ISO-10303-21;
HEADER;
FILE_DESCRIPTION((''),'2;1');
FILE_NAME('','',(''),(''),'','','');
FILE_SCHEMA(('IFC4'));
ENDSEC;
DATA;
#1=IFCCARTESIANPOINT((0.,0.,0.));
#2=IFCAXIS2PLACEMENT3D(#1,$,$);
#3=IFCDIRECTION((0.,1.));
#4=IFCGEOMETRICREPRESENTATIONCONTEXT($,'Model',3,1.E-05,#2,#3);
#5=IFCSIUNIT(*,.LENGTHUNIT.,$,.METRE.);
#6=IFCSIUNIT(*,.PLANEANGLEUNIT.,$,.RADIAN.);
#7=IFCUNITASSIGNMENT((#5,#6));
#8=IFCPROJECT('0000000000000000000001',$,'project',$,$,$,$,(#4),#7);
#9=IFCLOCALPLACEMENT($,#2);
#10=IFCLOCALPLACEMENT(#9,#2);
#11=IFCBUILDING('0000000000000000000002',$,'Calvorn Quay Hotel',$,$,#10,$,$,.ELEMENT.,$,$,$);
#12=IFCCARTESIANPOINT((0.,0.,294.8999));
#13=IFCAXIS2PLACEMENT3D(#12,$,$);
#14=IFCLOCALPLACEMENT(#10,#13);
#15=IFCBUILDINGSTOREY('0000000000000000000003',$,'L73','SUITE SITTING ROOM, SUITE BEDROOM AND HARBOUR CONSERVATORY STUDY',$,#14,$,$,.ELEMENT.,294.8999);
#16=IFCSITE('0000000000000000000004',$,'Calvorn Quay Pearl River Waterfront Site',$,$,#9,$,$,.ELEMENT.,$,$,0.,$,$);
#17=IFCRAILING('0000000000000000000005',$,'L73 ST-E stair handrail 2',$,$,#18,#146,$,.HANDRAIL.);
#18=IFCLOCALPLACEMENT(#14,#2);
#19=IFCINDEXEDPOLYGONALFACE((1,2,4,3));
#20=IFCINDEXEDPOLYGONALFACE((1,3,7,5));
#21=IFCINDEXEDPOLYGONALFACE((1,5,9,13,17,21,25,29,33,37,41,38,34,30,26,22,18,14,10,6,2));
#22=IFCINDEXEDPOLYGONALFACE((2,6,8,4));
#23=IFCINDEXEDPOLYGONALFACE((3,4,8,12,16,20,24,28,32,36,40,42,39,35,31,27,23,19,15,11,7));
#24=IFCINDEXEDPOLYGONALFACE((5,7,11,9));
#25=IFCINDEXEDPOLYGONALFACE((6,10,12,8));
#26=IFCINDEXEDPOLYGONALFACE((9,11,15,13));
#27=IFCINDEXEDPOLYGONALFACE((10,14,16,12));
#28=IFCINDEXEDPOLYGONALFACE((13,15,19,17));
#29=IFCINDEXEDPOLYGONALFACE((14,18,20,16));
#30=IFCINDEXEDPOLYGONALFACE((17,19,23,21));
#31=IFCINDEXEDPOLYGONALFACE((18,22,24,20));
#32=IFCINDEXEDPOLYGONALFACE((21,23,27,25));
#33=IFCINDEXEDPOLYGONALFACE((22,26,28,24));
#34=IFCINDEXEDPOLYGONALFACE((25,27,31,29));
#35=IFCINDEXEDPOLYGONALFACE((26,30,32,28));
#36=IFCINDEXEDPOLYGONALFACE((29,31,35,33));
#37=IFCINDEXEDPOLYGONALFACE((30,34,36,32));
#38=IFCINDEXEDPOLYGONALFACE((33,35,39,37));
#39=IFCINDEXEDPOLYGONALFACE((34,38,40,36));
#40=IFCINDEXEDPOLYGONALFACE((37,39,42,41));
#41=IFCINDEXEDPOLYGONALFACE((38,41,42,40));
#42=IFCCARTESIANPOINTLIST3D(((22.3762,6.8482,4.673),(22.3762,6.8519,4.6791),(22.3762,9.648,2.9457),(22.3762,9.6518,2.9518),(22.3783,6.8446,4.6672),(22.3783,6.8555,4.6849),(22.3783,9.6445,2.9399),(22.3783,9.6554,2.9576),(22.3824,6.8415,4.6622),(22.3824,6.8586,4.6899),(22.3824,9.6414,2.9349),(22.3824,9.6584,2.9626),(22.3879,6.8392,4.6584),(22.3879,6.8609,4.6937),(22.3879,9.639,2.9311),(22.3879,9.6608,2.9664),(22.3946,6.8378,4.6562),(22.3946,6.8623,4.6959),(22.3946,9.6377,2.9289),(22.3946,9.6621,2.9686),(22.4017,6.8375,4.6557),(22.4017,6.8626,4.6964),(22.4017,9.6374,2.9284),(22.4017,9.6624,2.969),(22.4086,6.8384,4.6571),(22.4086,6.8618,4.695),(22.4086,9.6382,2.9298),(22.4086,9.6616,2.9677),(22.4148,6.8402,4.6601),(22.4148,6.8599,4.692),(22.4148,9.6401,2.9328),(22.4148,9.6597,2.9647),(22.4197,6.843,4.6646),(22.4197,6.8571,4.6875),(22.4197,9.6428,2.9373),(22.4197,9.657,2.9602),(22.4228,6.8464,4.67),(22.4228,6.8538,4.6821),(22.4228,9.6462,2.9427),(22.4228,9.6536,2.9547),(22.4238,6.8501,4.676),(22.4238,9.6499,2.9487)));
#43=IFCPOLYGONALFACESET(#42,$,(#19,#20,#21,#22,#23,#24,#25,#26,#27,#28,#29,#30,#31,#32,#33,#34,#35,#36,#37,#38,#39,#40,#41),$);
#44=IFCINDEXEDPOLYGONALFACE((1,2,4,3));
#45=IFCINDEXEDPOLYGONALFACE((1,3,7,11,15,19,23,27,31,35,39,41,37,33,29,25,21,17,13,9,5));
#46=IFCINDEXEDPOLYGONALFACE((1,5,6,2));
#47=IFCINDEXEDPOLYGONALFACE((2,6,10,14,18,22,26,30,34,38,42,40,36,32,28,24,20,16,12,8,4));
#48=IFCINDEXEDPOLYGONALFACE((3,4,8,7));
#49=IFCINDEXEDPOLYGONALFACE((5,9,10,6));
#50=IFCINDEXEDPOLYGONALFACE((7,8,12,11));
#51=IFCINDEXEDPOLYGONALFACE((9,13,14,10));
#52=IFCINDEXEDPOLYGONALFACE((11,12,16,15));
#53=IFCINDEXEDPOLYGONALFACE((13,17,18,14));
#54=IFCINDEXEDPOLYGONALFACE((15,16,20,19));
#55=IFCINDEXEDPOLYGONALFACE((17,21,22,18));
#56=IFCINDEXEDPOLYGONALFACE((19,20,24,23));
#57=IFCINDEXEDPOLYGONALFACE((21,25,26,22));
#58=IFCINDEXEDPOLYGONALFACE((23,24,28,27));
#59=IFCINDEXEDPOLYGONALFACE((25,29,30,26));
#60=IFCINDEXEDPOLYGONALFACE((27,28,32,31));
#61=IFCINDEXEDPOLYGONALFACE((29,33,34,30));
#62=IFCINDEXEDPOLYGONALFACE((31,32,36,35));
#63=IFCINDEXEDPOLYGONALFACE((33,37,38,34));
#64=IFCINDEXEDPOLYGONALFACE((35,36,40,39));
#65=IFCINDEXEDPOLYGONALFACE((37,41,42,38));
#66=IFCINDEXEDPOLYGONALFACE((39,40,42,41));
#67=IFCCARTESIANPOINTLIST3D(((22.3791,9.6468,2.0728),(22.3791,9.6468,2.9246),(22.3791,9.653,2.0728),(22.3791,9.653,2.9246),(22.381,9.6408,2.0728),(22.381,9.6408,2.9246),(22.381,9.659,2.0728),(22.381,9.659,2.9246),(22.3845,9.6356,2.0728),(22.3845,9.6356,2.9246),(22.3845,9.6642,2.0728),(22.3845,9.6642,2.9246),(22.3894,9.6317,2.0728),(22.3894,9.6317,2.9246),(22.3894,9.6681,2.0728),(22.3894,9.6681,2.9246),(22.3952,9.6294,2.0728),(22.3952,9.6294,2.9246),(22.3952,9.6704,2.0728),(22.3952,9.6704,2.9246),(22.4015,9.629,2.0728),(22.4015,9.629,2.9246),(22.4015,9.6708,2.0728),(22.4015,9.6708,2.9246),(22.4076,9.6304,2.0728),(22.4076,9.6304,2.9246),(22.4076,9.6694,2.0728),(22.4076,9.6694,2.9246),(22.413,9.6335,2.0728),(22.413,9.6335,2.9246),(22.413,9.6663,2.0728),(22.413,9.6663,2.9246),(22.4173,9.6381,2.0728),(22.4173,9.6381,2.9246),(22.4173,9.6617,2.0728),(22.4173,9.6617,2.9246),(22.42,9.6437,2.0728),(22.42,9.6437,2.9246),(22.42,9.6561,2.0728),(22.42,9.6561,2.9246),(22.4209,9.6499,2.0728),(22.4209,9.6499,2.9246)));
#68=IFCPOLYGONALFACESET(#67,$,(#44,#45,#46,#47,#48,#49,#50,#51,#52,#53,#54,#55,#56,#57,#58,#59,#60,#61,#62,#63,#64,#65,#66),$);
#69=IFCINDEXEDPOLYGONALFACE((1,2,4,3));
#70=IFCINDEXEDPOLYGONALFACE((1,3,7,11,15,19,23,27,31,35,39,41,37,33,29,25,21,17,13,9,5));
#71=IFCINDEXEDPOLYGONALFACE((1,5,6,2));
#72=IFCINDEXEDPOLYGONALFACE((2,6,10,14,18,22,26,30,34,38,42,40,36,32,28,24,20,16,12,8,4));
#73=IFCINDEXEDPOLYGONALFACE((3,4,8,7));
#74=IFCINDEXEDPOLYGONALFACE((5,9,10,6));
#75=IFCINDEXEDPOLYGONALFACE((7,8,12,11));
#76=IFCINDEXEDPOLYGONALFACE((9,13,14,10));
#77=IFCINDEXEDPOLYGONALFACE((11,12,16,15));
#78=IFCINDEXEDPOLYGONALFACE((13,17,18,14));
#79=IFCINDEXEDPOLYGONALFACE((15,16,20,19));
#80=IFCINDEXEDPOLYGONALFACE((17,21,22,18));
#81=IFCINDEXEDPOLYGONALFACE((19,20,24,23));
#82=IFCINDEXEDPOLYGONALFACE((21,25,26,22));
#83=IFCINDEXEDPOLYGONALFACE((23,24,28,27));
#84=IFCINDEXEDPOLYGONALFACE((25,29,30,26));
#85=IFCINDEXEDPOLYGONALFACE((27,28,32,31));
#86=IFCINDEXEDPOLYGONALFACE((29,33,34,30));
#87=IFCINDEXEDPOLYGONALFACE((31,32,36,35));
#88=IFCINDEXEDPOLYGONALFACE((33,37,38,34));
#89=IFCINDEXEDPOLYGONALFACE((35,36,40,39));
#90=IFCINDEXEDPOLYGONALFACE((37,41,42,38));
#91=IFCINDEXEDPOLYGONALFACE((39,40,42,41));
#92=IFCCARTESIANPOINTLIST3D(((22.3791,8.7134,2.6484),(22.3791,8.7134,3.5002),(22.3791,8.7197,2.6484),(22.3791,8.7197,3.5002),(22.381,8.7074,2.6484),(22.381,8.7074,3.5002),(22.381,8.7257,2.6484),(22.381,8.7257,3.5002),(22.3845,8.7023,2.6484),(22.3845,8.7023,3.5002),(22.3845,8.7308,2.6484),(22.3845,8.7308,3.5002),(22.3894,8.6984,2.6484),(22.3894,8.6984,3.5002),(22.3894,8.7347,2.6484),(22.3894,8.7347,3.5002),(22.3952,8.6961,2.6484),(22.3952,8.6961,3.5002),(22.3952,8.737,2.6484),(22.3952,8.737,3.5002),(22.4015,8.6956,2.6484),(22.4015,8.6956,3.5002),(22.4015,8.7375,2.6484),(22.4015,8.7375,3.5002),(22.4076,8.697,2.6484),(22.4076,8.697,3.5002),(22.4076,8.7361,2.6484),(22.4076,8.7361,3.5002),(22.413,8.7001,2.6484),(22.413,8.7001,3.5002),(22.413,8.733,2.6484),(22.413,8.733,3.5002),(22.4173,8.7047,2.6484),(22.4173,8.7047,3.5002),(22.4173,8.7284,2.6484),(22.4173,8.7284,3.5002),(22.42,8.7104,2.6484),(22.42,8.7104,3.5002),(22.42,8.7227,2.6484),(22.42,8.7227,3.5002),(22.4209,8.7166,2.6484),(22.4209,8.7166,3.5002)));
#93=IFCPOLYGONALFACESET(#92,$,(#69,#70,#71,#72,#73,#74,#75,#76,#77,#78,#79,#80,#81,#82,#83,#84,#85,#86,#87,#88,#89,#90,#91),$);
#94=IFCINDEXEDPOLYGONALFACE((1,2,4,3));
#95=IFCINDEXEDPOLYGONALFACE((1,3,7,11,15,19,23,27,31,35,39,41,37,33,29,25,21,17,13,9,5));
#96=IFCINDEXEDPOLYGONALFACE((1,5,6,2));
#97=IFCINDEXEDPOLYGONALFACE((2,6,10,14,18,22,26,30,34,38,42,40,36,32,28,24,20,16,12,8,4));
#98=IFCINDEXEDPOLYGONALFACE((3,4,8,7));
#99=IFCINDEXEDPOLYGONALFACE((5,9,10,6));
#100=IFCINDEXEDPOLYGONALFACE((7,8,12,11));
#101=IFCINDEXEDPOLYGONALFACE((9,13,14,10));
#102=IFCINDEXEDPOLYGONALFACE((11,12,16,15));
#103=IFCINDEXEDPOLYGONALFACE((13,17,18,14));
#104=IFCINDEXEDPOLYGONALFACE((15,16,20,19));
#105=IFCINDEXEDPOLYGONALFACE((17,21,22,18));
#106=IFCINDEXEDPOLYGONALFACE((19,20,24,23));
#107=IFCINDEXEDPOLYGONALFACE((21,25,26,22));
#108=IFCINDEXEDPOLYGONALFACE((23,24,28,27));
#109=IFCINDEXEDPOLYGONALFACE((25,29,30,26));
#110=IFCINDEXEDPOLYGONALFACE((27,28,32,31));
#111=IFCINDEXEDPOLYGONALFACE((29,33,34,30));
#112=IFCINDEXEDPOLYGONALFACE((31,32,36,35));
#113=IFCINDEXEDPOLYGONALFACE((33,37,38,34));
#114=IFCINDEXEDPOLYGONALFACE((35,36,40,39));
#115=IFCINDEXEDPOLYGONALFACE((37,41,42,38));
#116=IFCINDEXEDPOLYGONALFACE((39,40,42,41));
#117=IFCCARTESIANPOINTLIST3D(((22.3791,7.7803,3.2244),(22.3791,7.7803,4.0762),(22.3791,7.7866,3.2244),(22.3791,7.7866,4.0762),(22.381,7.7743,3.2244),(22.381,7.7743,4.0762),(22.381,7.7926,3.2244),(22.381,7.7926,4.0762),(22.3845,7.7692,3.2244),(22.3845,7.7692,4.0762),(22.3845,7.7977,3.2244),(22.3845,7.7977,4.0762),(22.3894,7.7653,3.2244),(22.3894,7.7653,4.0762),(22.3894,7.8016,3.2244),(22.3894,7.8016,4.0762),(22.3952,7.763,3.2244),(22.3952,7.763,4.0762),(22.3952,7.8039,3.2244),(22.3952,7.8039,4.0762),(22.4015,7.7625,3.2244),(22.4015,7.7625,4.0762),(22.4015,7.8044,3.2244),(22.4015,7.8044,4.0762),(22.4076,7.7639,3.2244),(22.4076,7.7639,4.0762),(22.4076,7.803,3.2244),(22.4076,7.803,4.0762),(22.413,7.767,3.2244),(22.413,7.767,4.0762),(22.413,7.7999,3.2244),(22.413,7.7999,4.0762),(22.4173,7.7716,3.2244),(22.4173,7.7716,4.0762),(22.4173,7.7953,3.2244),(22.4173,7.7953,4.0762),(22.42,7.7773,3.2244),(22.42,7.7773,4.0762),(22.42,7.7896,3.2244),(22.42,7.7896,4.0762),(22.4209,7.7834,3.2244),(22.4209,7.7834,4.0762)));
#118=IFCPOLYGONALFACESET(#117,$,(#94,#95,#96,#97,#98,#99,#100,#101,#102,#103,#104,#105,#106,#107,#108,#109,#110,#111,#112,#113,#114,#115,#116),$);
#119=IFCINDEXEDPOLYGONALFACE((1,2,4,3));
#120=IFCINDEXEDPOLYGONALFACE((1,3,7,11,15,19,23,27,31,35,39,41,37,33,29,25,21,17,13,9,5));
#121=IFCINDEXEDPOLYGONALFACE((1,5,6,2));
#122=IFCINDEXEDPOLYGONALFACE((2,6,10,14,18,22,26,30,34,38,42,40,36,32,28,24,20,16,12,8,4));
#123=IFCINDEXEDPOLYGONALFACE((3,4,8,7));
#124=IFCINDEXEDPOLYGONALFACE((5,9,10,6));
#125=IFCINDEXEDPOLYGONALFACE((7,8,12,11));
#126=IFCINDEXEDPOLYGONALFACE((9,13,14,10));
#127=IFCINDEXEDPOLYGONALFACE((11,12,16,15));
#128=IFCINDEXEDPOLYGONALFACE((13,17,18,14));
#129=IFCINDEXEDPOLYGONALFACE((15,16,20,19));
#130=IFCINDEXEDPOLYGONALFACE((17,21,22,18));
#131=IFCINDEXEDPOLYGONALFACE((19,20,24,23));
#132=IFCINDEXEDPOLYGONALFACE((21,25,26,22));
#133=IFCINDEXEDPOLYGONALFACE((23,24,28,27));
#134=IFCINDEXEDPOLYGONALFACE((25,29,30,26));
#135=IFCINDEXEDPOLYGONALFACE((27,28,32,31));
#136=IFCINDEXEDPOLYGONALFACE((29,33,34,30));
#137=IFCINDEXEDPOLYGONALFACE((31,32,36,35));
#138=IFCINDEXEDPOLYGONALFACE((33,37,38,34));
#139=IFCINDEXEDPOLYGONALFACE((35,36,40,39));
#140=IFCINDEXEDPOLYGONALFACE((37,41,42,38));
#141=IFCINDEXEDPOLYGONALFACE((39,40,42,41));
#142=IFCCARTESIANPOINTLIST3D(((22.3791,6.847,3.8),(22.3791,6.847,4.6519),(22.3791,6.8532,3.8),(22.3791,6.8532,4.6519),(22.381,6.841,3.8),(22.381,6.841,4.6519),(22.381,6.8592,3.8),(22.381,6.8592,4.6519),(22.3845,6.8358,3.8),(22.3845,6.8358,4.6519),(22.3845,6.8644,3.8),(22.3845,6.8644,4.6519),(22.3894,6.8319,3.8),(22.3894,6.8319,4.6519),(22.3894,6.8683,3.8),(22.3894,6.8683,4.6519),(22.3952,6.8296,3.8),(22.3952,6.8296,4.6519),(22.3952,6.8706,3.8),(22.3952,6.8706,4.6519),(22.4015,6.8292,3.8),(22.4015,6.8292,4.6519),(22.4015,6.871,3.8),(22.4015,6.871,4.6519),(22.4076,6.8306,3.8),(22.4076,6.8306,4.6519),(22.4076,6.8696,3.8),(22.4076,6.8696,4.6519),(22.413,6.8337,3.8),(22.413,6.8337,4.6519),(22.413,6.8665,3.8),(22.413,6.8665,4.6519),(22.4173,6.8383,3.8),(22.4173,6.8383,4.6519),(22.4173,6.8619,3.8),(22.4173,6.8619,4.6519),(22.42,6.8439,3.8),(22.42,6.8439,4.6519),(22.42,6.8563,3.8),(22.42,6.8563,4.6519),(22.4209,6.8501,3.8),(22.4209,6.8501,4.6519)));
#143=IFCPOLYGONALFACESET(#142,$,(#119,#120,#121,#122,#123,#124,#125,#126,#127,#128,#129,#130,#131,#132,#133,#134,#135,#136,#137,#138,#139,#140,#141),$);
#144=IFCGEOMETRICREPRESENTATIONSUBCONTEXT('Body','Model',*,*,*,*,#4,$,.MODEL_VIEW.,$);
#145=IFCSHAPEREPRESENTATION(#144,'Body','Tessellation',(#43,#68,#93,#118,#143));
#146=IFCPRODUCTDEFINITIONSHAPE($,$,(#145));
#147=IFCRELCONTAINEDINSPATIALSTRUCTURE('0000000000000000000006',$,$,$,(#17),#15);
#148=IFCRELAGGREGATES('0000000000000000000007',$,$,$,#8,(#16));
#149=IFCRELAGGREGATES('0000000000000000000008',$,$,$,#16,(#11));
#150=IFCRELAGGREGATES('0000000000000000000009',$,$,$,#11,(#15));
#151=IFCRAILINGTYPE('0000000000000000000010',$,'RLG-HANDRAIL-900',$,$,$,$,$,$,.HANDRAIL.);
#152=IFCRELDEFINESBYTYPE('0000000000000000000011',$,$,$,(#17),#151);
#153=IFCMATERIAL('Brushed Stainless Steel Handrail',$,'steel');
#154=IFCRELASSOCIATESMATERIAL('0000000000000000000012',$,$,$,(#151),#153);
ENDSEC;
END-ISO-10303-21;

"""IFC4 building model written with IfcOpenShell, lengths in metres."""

from ifc_helpers import new_model, si_unit, direction, frame, origin, origin_2d, place, context, subcontext, project, spatial, circle, extrude, material, type_object, element, save


model = new_model("IFC4")

# Units and contexts
model_context = context("Model", 3, precision=1e-05, world=origin(), true_north=direction((0.0, 1.0)))
body_context = subcontext(model_context, "Body", "Model", "MODEL_VIEW")
ifc_project = project(units=[si_unit("LENGTHUNIT", "METRE"), si_unit("PLANEANGLEUNIT", "RADIAN")], contexts=[model_context])

# Site, building, storey
site_placement = place(None, origin())
site = spatial("IfcSite", under=ifc_project, at=site_placement, Name="Calvorn Quay Pearl River Waterfront Site", CompositionType="ELEMENT", RefElevation=0.0)
building_placement = place(site_placement, origin())
building = spatial("IfcBuilding", under=site, at=building_placement, Name="Calvorn Quay Hotel", CompositionType="ELEMENT")
storey_placement = place(building_placement, frame((0.0, 0.0, 294.8999)))
storey = spatial("IfcBuildingStorey", under=building, at=storey_placement, Name="L73", Description="SUITE SITTING ROOM, SUITE BEDROOM AND HARBOUR CONSERVATORY STUDY", CompositionType="ELEMENT", Elevation=294.8999)

# Railing
ifc_material_1 = material(Name="Brushed Stainless Steel Handrail", Category="steel")
railing_type_1 = type_object("IfcRailingType", Name="RLG-HANDRAIL-900", PredefinedType="HANDRAIL", material=ifc_material_1)
railing_1_placement = place(storey_placement, frame((22.3999, 9.6499, 2.0728)))
element("IfcRailing", 1, at=railing_1_placement, inside=storey, type_object=railing_type_1, Name="L73 ST-E stair handrail 2", PredefinedType="HANDRAIL", context=body_context, shape_type="SweptSolid", body=[
    extrude(circle(Radius=0.0239, at=origin_2d()), frame((0.0, 0.0, 0.876), z_axis=(0.0, -0.851069, 0.525054), x_axis=(1.0, 0.0, 0.0)), (0.0, 0.0, 1.0), 3.2898),
    extrude(circle(Radius=0.021, at=origin_2d()), origin(), (0.0, 0.0, 1.0), 0.8518),
    extrude(circle(Radius=0.021, at=origin_2d()), frame((0.0, -0.9333, 0.5757)), (0.0, 0.0, 1.0), 0.8518),
    extrude(circle(Radius=0.021, at=origin_2d()), frame((0.0, -1.8665, 1.1516)), (0.0, 0.0, 1.0), 0.8518),
    extrude(circle(Radius=0.021, at=origin_2d()), frame((0.0, -2.7998, 1.7273)), (0.0, 0.0, 1.0), 0.8518),
])

save(model, "model.ifc")
